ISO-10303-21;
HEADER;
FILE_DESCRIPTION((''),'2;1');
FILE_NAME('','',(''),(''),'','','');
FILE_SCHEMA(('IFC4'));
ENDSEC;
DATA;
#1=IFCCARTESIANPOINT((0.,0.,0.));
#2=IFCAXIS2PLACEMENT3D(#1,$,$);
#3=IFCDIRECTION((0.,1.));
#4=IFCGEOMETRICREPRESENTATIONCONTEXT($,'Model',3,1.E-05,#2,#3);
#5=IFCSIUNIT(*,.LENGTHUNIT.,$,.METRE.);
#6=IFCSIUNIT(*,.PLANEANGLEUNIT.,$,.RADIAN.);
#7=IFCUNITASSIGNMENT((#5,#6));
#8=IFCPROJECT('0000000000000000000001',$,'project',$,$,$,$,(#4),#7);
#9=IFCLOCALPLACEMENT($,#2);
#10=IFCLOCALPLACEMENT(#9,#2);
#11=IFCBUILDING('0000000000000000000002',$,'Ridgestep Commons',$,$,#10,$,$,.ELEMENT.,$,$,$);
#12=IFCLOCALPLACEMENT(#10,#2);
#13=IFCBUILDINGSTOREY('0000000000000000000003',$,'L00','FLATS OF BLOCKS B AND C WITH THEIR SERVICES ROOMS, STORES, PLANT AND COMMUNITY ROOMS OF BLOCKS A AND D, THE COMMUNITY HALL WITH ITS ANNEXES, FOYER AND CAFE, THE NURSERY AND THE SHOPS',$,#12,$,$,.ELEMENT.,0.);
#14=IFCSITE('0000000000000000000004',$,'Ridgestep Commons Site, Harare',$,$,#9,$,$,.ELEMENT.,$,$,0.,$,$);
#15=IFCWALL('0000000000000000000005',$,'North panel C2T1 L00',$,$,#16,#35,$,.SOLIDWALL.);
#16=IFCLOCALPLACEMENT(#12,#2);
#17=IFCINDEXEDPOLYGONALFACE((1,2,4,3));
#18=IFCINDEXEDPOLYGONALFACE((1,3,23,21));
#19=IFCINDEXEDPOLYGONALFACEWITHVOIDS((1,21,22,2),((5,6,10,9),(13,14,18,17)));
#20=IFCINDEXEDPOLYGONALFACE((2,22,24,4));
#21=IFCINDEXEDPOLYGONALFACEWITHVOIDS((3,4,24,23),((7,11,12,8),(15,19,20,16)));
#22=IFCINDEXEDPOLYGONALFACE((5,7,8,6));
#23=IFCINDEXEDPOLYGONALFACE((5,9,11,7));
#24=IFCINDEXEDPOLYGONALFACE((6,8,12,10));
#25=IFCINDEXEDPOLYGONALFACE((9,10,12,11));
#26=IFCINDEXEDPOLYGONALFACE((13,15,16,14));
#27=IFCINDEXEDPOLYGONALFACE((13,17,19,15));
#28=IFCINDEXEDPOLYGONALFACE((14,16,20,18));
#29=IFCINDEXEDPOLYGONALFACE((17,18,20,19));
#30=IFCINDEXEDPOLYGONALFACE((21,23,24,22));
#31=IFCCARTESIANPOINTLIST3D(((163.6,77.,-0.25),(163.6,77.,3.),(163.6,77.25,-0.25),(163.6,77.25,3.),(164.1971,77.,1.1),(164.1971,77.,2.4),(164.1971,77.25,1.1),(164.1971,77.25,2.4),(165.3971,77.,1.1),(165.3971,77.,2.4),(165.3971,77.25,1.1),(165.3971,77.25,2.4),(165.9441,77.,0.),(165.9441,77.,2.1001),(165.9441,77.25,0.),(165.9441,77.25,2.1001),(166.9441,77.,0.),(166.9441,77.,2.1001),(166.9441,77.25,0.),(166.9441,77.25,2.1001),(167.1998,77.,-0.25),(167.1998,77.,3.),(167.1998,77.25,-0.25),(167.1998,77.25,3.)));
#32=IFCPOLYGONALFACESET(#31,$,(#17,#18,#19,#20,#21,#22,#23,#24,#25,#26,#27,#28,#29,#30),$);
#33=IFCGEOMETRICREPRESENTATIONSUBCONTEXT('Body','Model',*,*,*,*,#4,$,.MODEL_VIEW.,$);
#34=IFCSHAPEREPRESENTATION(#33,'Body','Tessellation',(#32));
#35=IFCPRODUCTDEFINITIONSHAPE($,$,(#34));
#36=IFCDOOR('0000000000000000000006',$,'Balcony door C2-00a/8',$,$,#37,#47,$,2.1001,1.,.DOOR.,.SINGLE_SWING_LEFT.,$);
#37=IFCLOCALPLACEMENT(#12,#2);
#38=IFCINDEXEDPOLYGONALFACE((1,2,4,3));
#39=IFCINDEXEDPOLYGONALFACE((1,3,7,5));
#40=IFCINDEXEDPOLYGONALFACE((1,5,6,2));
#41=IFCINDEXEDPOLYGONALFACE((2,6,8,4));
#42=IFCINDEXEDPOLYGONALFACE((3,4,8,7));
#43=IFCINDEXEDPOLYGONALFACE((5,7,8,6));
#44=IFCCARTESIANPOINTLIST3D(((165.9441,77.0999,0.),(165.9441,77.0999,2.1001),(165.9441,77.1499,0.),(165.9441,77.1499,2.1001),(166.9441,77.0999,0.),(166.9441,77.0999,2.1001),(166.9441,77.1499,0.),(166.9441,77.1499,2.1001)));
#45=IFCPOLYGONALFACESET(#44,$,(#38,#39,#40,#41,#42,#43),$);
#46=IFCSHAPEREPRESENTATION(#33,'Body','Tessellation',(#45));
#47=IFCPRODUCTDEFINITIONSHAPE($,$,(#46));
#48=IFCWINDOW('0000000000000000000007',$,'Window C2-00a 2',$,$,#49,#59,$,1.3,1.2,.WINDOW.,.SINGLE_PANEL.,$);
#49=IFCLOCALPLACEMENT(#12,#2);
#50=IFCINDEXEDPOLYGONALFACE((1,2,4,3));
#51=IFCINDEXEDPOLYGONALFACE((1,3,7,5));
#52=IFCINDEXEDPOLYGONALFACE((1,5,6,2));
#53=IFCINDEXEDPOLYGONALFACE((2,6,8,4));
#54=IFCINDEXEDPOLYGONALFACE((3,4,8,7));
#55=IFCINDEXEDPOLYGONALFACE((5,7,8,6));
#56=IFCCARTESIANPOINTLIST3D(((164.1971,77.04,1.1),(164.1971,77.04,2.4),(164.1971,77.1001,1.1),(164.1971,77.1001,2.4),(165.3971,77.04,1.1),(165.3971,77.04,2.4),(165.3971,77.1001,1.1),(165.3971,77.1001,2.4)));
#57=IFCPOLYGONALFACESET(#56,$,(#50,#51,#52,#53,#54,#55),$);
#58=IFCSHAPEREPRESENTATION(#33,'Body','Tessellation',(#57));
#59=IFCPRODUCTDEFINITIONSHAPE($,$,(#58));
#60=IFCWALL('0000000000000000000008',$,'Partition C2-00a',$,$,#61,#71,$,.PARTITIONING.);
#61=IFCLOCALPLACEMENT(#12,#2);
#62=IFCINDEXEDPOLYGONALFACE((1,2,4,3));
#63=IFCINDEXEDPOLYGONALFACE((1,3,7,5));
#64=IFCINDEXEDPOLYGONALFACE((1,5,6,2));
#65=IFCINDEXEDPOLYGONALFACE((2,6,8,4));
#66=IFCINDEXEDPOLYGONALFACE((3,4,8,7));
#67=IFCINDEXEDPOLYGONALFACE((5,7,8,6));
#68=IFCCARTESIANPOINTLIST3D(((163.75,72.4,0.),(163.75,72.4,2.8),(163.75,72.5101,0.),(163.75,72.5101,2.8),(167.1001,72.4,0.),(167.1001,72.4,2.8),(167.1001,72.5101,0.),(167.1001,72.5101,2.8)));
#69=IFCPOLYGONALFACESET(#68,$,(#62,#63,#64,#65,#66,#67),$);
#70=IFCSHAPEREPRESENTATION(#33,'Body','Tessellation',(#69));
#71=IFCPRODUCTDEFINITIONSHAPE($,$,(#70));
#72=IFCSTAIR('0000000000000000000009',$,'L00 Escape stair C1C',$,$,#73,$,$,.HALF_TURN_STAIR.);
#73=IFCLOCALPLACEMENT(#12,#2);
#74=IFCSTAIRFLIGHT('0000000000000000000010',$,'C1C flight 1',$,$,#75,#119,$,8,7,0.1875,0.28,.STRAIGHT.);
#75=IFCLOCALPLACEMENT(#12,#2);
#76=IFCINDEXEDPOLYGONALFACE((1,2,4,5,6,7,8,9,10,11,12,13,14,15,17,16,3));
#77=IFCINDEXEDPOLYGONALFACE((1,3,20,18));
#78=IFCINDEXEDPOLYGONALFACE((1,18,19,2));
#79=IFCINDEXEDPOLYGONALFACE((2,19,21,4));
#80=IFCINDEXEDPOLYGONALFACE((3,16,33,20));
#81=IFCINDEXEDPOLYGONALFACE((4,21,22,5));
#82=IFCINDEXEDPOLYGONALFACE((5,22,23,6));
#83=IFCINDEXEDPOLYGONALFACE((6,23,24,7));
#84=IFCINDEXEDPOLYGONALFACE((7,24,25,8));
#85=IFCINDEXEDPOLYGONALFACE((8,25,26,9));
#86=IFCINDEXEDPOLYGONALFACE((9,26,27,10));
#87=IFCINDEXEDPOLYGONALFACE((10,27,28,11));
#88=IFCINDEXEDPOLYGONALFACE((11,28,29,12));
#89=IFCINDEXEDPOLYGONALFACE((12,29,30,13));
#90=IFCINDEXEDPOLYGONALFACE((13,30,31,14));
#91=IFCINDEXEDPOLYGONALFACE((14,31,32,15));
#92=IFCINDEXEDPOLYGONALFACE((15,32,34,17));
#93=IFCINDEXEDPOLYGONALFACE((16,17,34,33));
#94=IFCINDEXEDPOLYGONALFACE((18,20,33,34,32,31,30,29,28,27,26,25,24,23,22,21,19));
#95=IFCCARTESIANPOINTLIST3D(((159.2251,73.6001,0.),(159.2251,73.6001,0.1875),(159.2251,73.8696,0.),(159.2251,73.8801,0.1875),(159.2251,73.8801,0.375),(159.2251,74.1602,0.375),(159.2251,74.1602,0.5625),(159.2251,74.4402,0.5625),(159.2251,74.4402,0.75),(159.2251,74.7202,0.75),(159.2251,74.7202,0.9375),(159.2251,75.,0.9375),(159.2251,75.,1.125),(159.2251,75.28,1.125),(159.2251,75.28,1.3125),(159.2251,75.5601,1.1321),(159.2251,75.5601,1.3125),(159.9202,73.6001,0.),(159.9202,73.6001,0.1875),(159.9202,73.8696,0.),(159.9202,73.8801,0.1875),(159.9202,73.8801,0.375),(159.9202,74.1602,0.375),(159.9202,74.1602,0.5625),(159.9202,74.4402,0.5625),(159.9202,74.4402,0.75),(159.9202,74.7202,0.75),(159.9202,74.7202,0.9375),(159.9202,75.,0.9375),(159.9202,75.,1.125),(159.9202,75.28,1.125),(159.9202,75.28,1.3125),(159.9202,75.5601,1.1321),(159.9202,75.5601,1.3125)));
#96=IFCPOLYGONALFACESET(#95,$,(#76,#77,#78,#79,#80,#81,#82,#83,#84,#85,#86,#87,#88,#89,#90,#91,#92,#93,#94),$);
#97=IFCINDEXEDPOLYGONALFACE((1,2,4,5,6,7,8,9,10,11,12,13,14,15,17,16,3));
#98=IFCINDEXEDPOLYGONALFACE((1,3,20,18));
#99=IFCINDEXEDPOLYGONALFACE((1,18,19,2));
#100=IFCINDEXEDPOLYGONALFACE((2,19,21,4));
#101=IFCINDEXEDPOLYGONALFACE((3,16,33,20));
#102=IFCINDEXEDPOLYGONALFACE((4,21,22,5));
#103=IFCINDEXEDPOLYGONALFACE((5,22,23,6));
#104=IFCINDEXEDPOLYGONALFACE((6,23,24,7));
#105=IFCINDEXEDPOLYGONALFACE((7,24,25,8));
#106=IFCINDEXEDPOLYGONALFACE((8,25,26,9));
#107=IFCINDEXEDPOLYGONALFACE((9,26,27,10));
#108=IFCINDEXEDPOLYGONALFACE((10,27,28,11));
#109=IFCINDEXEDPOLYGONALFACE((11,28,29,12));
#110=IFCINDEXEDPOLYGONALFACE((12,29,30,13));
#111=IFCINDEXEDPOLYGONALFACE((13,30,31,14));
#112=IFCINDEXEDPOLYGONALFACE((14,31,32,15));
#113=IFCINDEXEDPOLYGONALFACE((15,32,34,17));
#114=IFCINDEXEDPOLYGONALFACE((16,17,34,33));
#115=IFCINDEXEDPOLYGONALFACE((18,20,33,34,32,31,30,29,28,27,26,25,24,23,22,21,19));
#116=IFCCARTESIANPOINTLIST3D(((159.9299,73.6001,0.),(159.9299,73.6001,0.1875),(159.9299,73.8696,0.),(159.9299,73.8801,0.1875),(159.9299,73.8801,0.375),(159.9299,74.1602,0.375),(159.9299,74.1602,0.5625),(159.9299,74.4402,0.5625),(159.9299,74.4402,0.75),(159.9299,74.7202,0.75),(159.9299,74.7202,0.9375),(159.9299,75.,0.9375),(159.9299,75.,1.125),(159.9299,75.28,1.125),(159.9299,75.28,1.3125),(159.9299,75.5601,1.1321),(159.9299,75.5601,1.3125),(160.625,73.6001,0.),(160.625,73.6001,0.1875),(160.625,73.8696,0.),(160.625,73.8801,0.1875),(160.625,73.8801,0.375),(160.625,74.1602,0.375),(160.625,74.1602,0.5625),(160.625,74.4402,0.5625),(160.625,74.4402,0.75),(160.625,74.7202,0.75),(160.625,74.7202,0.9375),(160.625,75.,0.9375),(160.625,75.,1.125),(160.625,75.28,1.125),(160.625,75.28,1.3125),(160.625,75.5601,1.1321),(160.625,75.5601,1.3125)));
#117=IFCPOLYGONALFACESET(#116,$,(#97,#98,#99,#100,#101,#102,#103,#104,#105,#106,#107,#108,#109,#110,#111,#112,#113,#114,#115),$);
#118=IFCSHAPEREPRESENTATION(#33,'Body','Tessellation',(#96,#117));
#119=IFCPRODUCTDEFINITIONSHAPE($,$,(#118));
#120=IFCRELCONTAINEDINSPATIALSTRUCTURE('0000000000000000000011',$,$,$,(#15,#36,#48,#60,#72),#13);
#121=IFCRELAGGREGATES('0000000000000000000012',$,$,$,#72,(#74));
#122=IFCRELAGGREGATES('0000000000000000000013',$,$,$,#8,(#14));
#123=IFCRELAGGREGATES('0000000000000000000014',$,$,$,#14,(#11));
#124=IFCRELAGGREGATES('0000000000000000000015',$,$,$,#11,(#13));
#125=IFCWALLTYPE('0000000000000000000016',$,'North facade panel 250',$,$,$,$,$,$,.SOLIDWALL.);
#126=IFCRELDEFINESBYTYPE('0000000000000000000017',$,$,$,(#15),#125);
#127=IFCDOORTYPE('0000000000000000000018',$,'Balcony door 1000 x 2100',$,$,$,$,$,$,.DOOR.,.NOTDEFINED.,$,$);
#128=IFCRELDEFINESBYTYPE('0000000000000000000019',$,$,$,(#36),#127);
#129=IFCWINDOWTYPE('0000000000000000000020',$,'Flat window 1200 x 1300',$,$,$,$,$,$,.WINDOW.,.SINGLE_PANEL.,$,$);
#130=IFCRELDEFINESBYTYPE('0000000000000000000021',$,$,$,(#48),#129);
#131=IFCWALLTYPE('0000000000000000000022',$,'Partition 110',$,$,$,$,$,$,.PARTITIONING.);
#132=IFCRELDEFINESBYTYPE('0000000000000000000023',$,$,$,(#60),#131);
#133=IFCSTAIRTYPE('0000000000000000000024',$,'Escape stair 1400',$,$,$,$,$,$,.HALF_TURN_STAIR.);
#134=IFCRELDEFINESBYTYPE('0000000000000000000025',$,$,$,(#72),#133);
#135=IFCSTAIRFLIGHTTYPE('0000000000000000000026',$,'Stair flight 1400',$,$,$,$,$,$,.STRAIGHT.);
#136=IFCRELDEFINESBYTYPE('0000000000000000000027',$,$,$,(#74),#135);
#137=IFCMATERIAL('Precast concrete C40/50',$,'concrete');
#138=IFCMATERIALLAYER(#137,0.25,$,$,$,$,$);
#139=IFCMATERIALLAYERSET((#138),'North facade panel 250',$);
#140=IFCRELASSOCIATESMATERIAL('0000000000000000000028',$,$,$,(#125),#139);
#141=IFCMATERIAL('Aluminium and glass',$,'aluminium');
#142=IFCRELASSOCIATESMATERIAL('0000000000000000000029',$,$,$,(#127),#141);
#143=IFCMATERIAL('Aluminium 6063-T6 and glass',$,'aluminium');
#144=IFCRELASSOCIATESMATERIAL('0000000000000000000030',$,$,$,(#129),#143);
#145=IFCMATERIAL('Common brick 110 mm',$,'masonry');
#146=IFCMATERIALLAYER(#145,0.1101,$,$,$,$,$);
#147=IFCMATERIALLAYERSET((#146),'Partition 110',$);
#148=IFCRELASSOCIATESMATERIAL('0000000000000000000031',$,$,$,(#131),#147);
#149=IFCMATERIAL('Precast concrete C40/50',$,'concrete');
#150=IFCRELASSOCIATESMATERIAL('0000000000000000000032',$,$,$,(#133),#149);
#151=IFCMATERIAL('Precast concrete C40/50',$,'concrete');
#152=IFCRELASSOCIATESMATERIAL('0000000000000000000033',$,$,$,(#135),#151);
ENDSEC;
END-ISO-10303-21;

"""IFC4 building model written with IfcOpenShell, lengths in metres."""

from ifc_helpers import new_model, si_unit, direction, frame, frame_2d, origin, place, context, subcontext, project, spatial, polyline, rectangle, outline, extrude, material, layer, layer_set, type_object, element, fill, aggregate, save


model = new_model("IFC4")

# Units and contexts
model_context = context("Model", 3, precision=1e-05, world=origin(), true_north=direction((0.0, 1.0)))
body_context = subcontext(model_context, "Body", "Model", "MODEL_VIEW")
ifc_project = project(units=[si_unit("LENGTHUNIT", "METRE"), si_unit("PLANEANGLEUNIT", "RADIAN")], contexts=[model_context])

# Site, building, storey
site_placement = place(None, origin())
site = spatial("IfcSite", under=ifc_project, at=site_placement, Name="Ridgestep Commons Site, Harare", CompositionType="ELEMENT", RefElevation=0.0)
building_placement = place(site_placement, origin())
building = spatial("IfcBuilding", under=site, at=building_placement, Name="Ridgestep Commons", CompositionType="ELEMENT")
storey_placement = place(building_placement, origin())
storey = spatial("IfcBuildingStorey", under=building, at=storey_placement, Name="L00", Description="FLATS OF BLOCKS B AND C WITH THEIR SERVICES ROOMS, STORES, PLANT AND COMMUNITY ROOMS OF BLOCKS A AND D, THE COMMUNITY HALL WITH ITS ANNEXES, FOYER AND CAFE, THE NURSERY AND THE SHOPS", CompositionType="ELEMENT", Elevation=0.0)

# Wall, openings, door, window
ifc_material_1 = material(Name="Precast concrete C40/50", Category="concrete")
ifc_layer_1 = layer(ifc_material_1, 0.25)
ifc_layer_set_1 = layer_set([ifc_layer_1], Name="North facade panel 250")
wall_type_1 = type_object("IfcWallType", Name="North facade panel 250", PredefinedType="SOLIDWALL", material=ifc_layer_set_1)
wall_1_placement = place(storey_placement, frame((163.6001, 77.125, -0.25), z_axis=(0.0, 0.0, 1.0), x_axis=(1.0, 0.0, 0.0)))
wall_1 = element("IfcWall", 1, at=wall_1_placement, inside=storey, type_object=wall_type_1, Name="North panel C2T1 L00", PredefinedType="SOLIDWALL", context=body_context, shape_type="SweptSolid", body=[
    extrude(rectangle(XDim=3.5999, YDim=0.25, at=frame_2d((1.7998, 0.0))), origin(), (0.0, 0.0, 1.0), 3.25),
])
opening_1_placement = place(wall_1_placement, frame((0.5969, 0.0, 1.3501)))
opening_1 = element("IfcOpeningElement", 2, at=opening_1_placement, cuts=wall_1, PredefinedType="OPENING", context=body_context, shape_type="SweptSolid", body=[
    extrude(rectangle(XDim=1.2, YDim=1.3, at=frame_2d((0.6001, 0.6499))), frame((0.0, 0.135, 0.0), z_axis=(0.0, -1.0, 0.0), x_axis=(1.0, 0.0, 0.0)), (0.0, 0.0, 1.0), 0.27),
])
opening_2_placement = place(wall_1_placement, frame((2.344, 0.0, 0.25)))
opening_2 = element("IfcOpeningElement", 3, at=opening_2_placement, cuts=wall_1, PredefinedType="OPENING", context=body_context, shape_type="SweptSolid", body=[
    extrude(rectangle(XDim=1.0, YDim=2.1001, at=frame_2d((0.5, 1.05))), frame((0.0, 0.135, 0.0), z_axis=(0.0, -1.0, 0.0), x_axis=(1.0, 0.0, 0.0)), (0.0, 0.0, 1.0), 0.27),
])
ifc_material_2 = material(Name="Aluminium and glass", Category="aluminium")
door_type_1 = type_object("IfcDoorType", Name="Balcony door 1000 x 2100", OperationType="NOTDEFINED", PredefinedType="DOOR", material=ifc_material_2)
door_1_placement = place(opening_2_placement, origin())
door_1 = element("IfcDoor", 4, at=door_1_placement, inside=storey, type_object=door_type_1, Name="Balcony door C2-00a/8", OperationType="SINGLE_SWING_LEFT", OverallHeight=2.1001, OverallWidth=1.0, PredefinedType="DOOR", context=body_context, shape_type="SweptSolid", body=[
    extrude(rectangle(XDim=1.0, YDim=2.1001, at=frame_2d((0.5, 1.05))), frame((0.0, 0.0249, 0.0), z_axis=(0.0, -1.0, 0.0), x_axis=(1.0, 0.0, 0.0)), (0.0, 0.0, 1.0), 0.05),
])
fill(opening_2, door_1)
ifc_material_3 = material(Name="Aluminium 6063-T6 and glass", Category="aluminium")
window_type = type_object("IfcWindowType", Name="Flat window 1200 x 1300", PartitioningType="SINGLE_PANEL", PredefinedType="WINDOW", material=ifc_material_3)
window_placement = place(opening_1_placement, origin())
window = element("IfcWindow", 5, at=window_placement, inside=storey, type_object=window_type, Name="Window C2-00a 2", OverallHeight=1.3, OverallWidth=1.2, PartitioningType="SINGLE_PANEL", PredefinedType="WINDOW", context=body_context, shape_type="SweptSolid", body=[
    extrude(rectangle(XDim=1.2, YDim=1.3, at=frame_2d((0.6001, 0.6499))), frame((0.0, -0.0249, 0.0), z_axis=(0.0, -1.0, 0.0), x_axis=(1.0, 0.0, 0.0)), (0.0, 0.0, 1.0), 0.0601),
])
fill(opening_1, window)

# Wall
ifc_material_4 = material(Name="Common brick 110 mm", Category="masonry")
ifc_layer_2 = layer(ifc_material_4, 0.1101)
ifc_layer_set_2 = layer_set([ifc_layer_2], Name="Partition 110")
wall_type_2 = type_object("IfcWallType", Name="Partition 110", PredefinedType="PARTITIONING", material=ifc_layer_set_2)
wall_2_placement = place(storey_placement, frame((163.75, 72.4551, 0.0), z_axis=(0.0, 0.0, 1.0), x_axis=(1.0, 0.0, 0.0)))
element("IfcWall", 6, at=wall_2_placement, inside=storey, type_object=wall_type_2, Name="Partition C2-00a", PredefinedType="PARTITIONING", context=body_context, shape_type="SweptSolid", body=[
    extrude(rectangle(XDim=3.3501, YDim=0.1101, at=frame_2d((1.675, 0.0))), origin(), (0.0, 0.0, 1.0), 2.8),
])

# Stair, stair flight
ifc_material_5 = material(Name="Precast concrete C40/50", Category="concrete")
stair_type = type_object("IfcStairType", Name="Escape stair 1400", PredefinedType="HALF_TURN_STAIR", material=ifc_material_5)
stair_placement = place(storey_placement, origin())
stair = element("IfcStair", 7, at=stair_placement, inside=storey, type_object=stair_type, Name="L00 Escape stair C1C", PredefinedType="HALF_TURN_STAIR")
ifc_material_6 = material(Name="Precast concrete C40/50", Category="concrete")
stair_flight_type = type_object("IfcStairFlightType", Name="Stair flight 1400", PredefinedType="STRAIGHT", material=ifc_material_6)
stair_flight_placement = place(storey_placement, frame((159.925, 73.6001, 0.0), z_axis=(0.0, 0.0, 1.0), x_axis=(0.0, 1.0, 0.0)))
stair_flight = element("IfcStairFlight", 8, at=stair_flight_placement, type_object=stair_flight_type, Name="C1C flight 1", NumberOfRisers=8, NumberOfTreads=7, PredefinedType="STRAIGHT", RiserHeight=0.1875, TreadLength=0.28, context=body_context, shape_type="SweptSolid", body=[
    extrude(outline(polyline([(0.0, 0.0), (0.0, 0.1875), (0.28, 0.1875), (0.28, 0.375), (0.5601, 0.375), (0.5601, 0.5625), (0.8401, 0.5625), (0.8401, 0.75), (1.1201, 0.75), (1.1201, 0.9375), (1.3999, 0.9375), (1.3999, 1.125), (1.6799, 1.125), (1.6799, 1.3125), (1.96, 1.3125), (1.96, 1.5), (1.96, 1.1321), (0.2695, 0.0), (0.0, 0.0)])), frame((0.0, 0.7, 0.0), z_axis=(0.0, -1.0, 0.0), x_axis=(1.0, 0.0, 0.0)), (0.0, 0.0, 1.0), 0.6951),
    extrude(outline(polyline([(0.0, 0.0), (0.0, 0.1875), (0.28, 0.1875), (0.28, 0.375), (0.5601, 0.375), (0.5601, 0.5625), (0.8401, 0.5625), (0.8401, 0.75), (1.1201, 0.75), (1.1201, 0.9375), (1.3999, 0.9375), (1.3999, 1.125), (1.6799, 1.125), (1.6799, 1.3125), (1.96, 1.3125), (1.96, 1.5), (1.96, 1.1321), (0.2695, 0.0), (0.0, 0.0)])), frame((0.0, -0.0049, 0.0), z_axis=(0.0, -1.0, 0.0), x_axis=(1.0, 0.0, 0.0)), (0.0, 0.0, 1.0), 0.6951),
])
aggregate(stair, [stair_flight])

save(model, "model.ifc")
